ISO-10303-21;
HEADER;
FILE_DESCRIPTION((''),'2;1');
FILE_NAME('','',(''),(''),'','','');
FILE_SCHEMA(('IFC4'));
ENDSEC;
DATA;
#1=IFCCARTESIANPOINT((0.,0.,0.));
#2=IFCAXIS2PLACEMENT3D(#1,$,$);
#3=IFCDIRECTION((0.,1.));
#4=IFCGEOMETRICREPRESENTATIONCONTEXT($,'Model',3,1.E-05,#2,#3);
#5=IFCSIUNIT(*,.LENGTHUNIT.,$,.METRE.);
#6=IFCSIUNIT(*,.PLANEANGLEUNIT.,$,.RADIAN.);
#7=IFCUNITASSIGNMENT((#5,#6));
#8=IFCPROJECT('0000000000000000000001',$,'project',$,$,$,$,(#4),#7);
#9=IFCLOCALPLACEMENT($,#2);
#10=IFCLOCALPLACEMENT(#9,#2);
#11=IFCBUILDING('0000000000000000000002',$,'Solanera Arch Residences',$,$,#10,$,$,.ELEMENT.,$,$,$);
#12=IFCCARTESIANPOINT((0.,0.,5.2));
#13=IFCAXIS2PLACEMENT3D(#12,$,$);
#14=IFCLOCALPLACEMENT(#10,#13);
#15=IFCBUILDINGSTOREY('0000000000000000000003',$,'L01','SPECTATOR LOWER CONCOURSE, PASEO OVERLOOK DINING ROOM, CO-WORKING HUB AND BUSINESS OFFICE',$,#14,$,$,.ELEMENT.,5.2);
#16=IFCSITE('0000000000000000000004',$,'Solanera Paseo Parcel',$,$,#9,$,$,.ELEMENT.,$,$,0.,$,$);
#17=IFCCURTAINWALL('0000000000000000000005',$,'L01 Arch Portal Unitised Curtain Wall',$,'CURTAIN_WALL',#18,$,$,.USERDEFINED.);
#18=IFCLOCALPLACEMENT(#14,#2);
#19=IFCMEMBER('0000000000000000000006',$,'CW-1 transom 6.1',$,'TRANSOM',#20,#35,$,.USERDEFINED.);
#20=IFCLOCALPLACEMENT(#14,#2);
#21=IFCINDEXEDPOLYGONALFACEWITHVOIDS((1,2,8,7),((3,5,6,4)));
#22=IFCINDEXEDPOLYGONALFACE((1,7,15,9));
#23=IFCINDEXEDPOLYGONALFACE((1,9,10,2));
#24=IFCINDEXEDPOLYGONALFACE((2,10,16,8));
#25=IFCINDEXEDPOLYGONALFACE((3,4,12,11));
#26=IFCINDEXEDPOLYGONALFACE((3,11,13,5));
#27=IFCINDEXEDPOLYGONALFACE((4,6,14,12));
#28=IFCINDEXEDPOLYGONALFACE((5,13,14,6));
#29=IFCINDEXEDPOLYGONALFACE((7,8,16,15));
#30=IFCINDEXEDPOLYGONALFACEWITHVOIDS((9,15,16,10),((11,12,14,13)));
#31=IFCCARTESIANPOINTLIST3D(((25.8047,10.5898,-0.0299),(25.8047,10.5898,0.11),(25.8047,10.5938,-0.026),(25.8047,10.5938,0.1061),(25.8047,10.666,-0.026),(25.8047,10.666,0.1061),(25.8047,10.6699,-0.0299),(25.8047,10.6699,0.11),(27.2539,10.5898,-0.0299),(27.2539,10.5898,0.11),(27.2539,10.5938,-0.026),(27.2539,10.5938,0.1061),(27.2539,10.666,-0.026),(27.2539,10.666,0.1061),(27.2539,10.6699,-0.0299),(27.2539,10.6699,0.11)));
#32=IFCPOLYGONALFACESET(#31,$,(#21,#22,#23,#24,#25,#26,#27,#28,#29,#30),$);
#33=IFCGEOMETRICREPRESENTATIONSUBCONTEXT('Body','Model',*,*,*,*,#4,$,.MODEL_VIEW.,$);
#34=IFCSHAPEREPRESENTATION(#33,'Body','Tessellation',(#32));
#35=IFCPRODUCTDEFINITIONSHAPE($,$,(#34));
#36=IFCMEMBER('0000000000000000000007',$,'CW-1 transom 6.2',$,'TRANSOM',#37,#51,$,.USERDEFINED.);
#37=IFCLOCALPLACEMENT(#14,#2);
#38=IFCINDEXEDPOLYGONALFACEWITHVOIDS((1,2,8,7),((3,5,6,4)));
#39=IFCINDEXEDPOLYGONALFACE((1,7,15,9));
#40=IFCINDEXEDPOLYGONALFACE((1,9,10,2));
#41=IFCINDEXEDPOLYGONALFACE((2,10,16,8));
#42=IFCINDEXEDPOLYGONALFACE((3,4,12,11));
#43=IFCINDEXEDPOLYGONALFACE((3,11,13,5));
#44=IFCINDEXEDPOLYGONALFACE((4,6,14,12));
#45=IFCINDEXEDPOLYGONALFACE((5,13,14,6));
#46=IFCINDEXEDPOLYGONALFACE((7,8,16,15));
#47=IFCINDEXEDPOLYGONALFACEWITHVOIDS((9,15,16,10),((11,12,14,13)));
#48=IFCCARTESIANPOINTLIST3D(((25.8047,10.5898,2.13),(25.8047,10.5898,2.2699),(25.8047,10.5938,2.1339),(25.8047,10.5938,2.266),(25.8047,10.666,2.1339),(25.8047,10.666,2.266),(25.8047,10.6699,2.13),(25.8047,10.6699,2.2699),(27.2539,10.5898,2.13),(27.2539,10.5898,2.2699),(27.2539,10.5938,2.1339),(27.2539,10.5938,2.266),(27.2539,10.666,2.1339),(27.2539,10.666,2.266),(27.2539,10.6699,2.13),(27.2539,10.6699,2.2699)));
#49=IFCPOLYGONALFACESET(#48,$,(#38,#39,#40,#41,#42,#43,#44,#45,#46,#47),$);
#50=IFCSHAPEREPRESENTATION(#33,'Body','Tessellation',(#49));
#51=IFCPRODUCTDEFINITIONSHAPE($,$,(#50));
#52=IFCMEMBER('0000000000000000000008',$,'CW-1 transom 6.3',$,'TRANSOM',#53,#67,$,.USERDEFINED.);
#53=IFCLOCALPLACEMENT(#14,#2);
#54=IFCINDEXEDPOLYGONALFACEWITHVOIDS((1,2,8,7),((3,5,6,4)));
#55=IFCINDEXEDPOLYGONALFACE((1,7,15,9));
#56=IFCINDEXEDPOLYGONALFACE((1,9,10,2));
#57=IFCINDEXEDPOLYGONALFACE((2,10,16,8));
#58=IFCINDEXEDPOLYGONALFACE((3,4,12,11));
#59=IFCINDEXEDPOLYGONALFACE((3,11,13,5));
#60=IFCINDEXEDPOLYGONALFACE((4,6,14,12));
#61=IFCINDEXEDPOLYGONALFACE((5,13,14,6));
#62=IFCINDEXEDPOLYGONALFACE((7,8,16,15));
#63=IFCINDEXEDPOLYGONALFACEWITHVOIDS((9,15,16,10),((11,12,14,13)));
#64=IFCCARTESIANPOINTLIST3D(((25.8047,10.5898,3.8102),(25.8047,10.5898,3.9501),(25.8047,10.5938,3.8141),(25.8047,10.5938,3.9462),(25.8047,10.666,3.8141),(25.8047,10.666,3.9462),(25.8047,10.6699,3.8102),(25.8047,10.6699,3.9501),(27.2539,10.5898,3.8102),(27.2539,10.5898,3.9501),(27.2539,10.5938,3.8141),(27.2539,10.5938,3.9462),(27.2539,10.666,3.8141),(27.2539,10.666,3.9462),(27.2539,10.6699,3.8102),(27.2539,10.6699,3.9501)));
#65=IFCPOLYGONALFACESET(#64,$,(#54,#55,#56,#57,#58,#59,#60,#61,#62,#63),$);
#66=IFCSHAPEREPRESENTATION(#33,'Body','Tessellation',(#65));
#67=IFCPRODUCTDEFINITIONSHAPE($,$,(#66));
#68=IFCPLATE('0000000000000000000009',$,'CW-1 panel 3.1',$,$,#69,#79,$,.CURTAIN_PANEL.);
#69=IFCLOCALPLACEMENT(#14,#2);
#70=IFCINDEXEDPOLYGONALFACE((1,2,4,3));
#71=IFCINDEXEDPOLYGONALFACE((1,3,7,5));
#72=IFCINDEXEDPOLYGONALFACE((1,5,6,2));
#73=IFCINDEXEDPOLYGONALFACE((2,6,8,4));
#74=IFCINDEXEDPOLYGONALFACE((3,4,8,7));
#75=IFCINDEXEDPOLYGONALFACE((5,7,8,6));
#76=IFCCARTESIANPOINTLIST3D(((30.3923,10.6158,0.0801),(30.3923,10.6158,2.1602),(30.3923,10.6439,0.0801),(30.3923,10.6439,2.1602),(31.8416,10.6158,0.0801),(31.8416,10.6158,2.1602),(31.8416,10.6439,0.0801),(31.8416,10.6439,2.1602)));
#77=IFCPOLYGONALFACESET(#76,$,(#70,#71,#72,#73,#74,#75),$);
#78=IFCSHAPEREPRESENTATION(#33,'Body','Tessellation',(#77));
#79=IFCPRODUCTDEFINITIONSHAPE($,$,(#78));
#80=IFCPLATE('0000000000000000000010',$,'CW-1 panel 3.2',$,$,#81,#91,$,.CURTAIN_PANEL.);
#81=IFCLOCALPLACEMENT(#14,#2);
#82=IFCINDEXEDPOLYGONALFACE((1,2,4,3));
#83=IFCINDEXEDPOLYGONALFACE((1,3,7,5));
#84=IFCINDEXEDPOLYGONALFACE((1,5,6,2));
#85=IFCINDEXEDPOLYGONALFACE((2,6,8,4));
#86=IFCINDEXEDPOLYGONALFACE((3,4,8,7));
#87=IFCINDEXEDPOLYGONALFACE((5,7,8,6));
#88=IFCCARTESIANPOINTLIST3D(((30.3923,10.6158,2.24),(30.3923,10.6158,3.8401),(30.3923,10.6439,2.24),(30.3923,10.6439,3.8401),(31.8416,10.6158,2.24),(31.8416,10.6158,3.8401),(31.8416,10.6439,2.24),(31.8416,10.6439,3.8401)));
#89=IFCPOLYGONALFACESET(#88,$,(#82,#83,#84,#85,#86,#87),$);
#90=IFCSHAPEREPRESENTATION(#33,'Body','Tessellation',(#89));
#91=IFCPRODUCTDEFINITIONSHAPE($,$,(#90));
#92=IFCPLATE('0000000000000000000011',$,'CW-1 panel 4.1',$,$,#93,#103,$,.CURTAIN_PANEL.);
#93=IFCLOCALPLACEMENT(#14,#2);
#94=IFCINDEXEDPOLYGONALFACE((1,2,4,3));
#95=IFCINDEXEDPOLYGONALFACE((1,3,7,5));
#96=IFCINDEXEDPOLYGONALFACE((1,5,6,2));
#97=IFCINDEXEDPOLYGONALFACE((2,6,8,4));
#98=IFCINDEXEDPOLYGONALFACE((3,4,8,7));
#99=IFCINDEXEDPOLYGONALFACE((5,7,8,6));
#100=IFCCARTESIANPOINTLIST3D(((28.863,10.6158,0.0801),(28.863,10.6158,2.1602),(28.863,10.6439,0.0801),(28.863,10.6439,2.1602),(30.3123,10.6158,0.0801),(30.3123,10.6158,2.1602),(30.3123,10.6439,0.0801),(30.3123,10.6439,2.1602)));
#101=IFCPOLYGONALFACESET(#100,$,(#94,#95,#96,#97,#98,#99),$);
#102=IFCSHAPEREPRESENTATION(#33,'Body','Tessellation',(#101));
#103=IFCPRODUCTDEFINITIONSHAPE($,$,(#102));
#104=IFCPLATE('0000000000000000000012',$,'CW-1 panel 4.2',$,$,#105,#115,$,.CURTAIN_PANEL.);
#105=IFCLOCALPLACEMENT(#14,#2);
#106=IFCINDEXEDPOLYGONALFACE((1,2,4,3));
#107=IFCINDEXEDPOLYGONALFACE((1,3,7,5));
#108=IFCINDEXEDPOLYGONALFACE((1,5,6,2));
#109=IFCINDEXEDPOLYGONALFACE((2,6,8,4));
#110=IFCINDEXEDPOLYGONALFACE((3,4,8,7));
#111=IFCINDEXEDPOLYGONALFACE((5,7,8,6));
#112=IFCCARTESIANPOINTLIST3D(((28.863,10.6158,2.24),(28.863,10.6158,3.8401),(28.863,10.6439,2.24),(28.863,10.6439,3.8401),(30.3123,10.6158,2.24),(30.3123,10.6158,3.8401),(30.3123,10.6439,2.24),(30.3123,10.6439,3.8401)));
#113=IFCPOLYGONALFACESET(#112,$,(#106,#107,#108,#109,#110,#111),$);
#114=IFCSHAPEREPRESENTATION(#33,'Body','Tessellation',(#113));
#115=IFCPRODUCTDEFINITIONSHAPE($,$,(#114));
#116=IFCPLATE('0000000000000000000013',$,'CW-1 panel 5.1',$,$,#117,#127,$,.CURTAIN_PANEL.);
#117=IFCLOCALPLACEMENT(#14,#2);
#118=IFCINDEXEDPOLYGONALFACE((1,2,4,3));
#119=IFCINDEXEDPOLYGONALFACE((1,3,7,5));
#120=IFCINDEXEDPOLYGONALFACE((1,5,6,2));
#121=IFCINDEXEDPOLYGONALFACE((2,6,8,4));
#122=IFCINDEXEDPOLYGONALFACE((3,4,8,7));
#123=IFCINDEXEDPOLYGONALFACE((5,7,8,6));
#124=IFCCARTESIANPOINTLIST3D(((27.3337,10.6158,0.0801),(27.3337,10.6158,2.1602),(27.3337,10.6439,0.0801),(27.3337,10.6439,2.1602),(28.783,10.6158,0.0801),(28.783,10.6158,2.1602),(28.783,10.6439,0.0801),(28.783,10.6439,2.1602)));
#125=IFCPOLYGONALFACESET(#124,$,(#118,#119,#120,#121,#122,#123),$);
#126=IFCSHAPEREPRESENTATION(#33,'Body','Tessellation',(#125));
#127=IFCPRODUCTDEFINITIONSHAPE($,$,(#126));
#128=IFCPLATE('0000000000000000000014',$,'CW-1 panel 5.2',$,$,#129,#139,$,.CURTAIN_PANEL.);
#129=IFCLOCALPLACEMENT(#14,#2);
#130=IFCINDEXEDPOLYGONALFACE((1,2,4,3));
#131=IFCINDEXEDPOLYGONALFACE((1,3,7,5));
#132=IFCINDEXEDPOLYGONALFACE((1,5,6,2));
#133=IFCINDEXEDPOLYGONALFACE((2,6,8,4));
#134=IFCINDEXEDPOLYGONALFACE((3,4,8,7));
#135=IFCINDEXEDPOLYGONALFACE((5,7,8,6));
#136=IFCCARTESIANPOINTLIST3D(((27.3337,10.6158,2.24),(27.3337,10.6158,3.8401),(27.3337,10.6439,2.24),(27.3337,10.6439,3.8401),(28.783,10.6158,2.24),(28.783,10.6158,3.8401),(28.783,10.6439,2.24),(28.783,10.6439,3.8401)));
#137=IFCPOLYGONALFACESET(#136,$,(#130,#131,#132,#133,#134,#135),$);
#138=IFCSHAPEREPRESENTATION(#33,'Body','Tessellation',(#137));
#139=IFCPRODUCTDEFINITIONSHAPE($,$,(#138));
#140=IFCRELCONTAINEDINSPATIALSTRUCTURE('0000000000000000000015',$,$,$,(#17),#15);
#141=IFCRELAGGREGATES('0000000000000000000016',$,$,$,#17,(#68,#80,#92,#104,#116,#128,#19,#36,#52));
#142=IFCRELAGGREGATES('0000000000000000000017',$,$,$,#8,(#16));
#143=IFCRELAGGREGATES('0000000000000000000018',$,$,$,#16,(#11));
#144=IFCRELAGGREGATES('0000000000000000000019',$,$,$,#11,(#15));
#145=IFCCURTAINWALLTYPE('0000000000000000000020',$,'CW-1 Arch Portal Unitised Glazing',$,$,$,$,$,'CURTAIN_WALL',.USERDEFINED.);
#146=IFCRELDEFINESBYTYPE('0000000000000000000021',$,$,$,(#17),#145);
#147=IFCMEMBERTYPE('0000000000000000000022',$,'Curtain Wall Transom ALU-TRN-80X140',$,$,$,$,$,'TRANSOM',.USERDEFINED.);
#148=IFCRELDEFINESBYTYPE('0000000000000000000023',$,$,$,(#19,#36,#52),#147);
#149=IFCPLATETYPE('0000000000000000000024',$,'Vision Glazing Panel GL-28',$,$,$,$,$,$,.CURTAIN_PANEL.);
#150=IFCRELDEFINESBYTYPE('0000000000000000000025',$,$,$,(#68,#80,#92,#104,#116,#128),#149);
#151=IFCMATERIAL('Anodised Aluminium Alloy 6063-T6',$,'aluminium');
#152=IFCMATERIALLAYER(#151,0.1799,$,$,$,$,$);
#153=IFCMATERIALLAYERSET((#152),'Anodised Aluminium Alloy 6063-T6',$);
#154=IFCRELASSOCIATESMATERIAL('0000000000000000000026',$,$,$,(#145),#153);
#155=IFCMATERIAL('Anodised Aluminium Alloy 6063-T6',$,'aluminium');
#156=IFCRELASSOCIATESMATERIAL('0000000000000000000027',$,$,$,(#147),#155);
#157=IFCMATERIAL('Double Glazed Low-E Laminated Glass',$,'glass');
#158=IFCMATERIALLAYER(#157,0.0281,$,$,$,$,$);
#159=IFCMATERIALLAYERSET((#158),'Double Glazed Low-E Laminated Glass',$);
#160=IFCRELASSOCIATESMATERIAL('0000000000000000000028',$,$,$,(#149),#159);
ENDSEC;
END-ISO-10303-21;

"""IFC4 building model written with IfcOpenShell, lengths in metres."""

from ifc_helpers import new_model, si_unit, direction, frame, origin, origin_2d, place, context, subcontext, project, spatial, rectangle, hollow_rectangle, extrude, material, layer, layer_set, material_profile, profile_set, type_object, element, aggregate, save


model = new_model("IFC4")

# Units and contexts
model_context = context("Model", 3, precision=1e-05, world=origin(), true_north=direction((0.0, 1.0)))
body_context = subcontext(model_context, "Body", "Model", "MODEL_VIEW")
ifc_project = project(units=[si_unit("LENGTHUNIT", "METRE"), si_unit("PLANEANGLEUNIT", "RADIAN")], contexts=[model_context])

# Site, building, storey
site_placement = place(None, origin())
site = spatial("IfcSite", under=ifc_project, at=site_placement, Name="Solanera Paseo Parcel", CompositionType="ELEMENT", RefElevation=0.0)
building_placement = place(site_placement, origin())
building = spatial("IfcBuilding", under=site, at=building_placement, Name="Solanera Arch Residences", CompositionType="ELEMENT")
storey_placement = place(building_placement, frame((0.0, 0.0, 5.2)))
storey = spatial("IfcBuildingStorey", under=building, at=storey_placement, Name="L01", Description="SPECTATOR LOWER CONCOURSE, PASEO OVERLOOK DINING ROOM, CO-WORKING HUB AND BUSINESS OFFICE", CompositionType="ELEMENT", Elevation=5.2)

# Curtain wall, members, plates
ifc_material_1 = material(Name="Anodised Aluminium Alloy 6063-T6", Category="aluminium")
ifc_layer_1 = layer(ifc_material_1, 0.1799)
ifc_layer_set_1 = layer_set([ifc_layer_1], Name="Anodised Aluminium Alloy 6063-T6")
curtain_wall_type = type_object("IfcCurtainWallType", Name="CW-1 Arch Portal Unitised Glazing", ElementType="CURTAIN_WALL", PredefinedType="USERDEFINED", material=ifc_layer_set_1)
curtain_wall_placement = place(storey_placement, origin())
curtain_wall = element("IfcCurtainWall", 1, at=curtain_wall_placement, inside=storey, type_object=curtain_wall_type, Name="L01 Arch Portal Unitised Curtain Wall", ObjectType="CURTAIN_WALL", PredefinedType="USERDEFINED")
ifc_material_2 = material(Name="Anodised Aluminium Alloy 6063-T6", Category="aluminium")
ifc_material_profile_1 = material_profile(ifc_material_2, hollow_rectangle(XDim=0.0801, YDim=0.1399, WallThickness=0.0039, at=origin_2d()))
ifc_profile_set_1 = profile_set([ifc_material_profile_1], Name="Anodised Aluminium Alloy 6063-T6")
member_type_1 = type_object("IfcMemberType", Name="Curtain Wall Transom ALU-TRN-80X140", ElementType="TRANSOM", PredefinedType="USERDEFINED", material=ifc_profile_set_1)
member_1_placement = place(storey_placement, frame((27.2539, 10.6299, 0.04), z_axis=(-1.0, 0.0, 0.0), x_axis=(0.0, -1.0, 0.0)))
member_1 = element("IfcMember", 2, at=member_1_placement, type_object=member_type_1, Name="CW-1 transom 6.1", ObjectType="TRANSOM", PredefinedType="USERDEFINED", context=body_context, shape_type="SweptSolid", body=[
    extrude(hollow_rectangle(XDim=0.0801, YDim=0.1399, WallThickness=0.0039, at=origin_2d()), origin(), (0.0, 0.0, 1.0), 1.4492),
])
member_2_placement = place(storey_placement, frame((27.2539, 10.6299, 2.2), z_axis=(-1.0, 0.0, 0.0), x_axis=(0.0, -1.0, 0.0)))
member_2 = element("IfcMember", 3, at=member_2_placement, type_object=member_type_1, Name="CW-1 transom 6.2", ObjectType="TRANSOM", PredefinedType="USERDEFINED", context=body_context, shape_type="SweptSolid", body=[
    extrude(hollow_rectangle(XDim=0.0801, YDim=0.1399, WallThickness=0.0039, at=origin_2d()), origin(), (0.0, 0.0, 1.0), 1.4492),
])
member_3_placement = place(storey_placement, frame((27.2539, 10.6299, 3.8801), z_axis=(-1.0, 0.0, 0.0), x_axis=(0.0, -1.0, 0.0)))
member_3 = element("IfcMember", 4, at=member_3_placement, type_object=member_type_1, Name="CW-1 transom 6.3", ObjectType="TRANSOM", PredefinedType="USERDEFINED", context=body_context, shape_type="SweptSolid", body=[
    extrude(hollow_rectangle(XDim=0.0801, YDim=0.1399, WallThickness=0.0039, at=origin_2d()), origin(), (0.0, 0.0, 1.0), 1.4492),
])
ifc_material_3 = material(Name="Double Glazed Low-E Laminated Glass", Category="glass")
ifc_layer_2 = layer(ifc_material_3, 0.0281)
ifc_layer_set_2 = layer_set([ifc_layer_2], Name="Double Glazed Low-E Laminated Glass")
plate_type = type_object("IfcPlateType", Name="Vision Glazing Panel GL-28", PredefinedType="CURTAIN_PANEL", material=ifc_layer_set_2)
plate_1_placement = place(storey_placement, frame((31.1169, 10.6299, 0.0801), z_axis=(0.0, 0.0, 1.0), x_axis=(-1.0, 0.0, 0.0)))
plate_1 = element("IfcPlate", 5, at=plate_1_placement, type_object=plate_type, Name="CW-1 panel 3.1", PredefinedType="CURTAIN_PANEL", context=body_context, shape_type="SweptSolid", body=[
    extrude(rectangle(XDim=1.4492, YDim=0.0281, at=origin_2d()), origin(), (0.0, 0.0, 1.0), 2.0801),
])
plate_2_placement = place(storey_placement, frame((31.1169, 10.6299, 2.24), z_axis=(0.0, 0.0, 1.0), x_axis=(-1.0, 0.0, 0.0)))
plate_2 = element("IfcPlate", 6, at=plate_2_placement, type_object=plate_type, Name="CW-1 panel 3.2", PredefinedType="CURTAIN_PANEL", context=body_context, shape_type="SweptSolid", body=[
    extrude(rectangle(XDim=1.4492, YDim=0.0281, at=origin_2d()), origin(), (0.0, 0.0, 1.0), 1.6001),
])
plate_3_placement = place(storey_placement, frame((29.5876, 10.6299, 0.0801), z_axis=(0.0, 0.0, 1.0), x_axis=(-1.0, 0.0, 0.0)))
plate_3 = element("IfcPlate", 7, at=plate_3_placement, type_object=plate_type, Name="CW-1 panel 4.1", PredefinedType="CURTAIN_PANEL", context=body_context, shape_type="SweptSolid", body=[
    extrude(rectangle(XDim=1.4492, YDim=0.0281, at=origin_2d()), origin(), (0.0, 0.0, 1.0), 2.0801),
])
plate_4_placement = place(storey_placement, frame((29.5876, 10.6299, 2.24), z_axis=(0.0, 0.0, 1.0), x_axis=(-1.0, 0.0, 0.0)))
plate_4 = element("IfcPlate", 8, at=plate_4_placement, type_object=plate_type, Name="CW-1 panel 4.2", PredefinedType="CURTAIN_PANEL", context=body_context, shape_type="SweptSolid", body=[
    extrude(rectangle(XDim=1.4492, YDim=0.0281, at=origin_2d()), origin(), (0.0, 0.0, 1.0), 1.6001),
])
plate_5_placement = place(storey_placement, frame((28.0583, 10.6299, 0.0801), z_axis=(0.0, 0.0, 1.0), x_axis=(-1.0, 0.0, 0.0)))
plate_5 = element("IfcPlate", 9, at=plate_5_placement, type_object=plate_type, Name="CW-1 panel 5.1", PredefinedType="CURTAIN_PANEL", context=body_context, shape_type="SweptSolid", body=[
    extrude(rectangle(XDim=1.4492, YDim=0.0281, at=origin_2d()), origin(), (0.0, 0.0, 1.0), 2.0801),
])
plate_6_placement = place(storey_placement, frame((28.0583, 10.6299, 2.24), z_axis=(0.0, 0.0, 1.0), x_axis=(-1.0, 0.0, 0.0)))
plate_6 = element("IfcPlate", 10, at=plate_6_placement, type_object=plate_type, Name="CW-1 panel 5.2", PredefinedType="CURTAIN_PANEL", context=body_context, shape_type="SweptSolid", body=[
    extrude(rectangle(XDim=1.4492, YDim=0.0281, at=origin_2d()), origin(), (0.0, 0.0, 1.0), 1.6001),
])
aggregate(curtain_wall, [plate_1, plate_2, plate_3, plate_4, plate_5, plate_6, member_1, member_2, member_3])

save(model, "model.ifc")
